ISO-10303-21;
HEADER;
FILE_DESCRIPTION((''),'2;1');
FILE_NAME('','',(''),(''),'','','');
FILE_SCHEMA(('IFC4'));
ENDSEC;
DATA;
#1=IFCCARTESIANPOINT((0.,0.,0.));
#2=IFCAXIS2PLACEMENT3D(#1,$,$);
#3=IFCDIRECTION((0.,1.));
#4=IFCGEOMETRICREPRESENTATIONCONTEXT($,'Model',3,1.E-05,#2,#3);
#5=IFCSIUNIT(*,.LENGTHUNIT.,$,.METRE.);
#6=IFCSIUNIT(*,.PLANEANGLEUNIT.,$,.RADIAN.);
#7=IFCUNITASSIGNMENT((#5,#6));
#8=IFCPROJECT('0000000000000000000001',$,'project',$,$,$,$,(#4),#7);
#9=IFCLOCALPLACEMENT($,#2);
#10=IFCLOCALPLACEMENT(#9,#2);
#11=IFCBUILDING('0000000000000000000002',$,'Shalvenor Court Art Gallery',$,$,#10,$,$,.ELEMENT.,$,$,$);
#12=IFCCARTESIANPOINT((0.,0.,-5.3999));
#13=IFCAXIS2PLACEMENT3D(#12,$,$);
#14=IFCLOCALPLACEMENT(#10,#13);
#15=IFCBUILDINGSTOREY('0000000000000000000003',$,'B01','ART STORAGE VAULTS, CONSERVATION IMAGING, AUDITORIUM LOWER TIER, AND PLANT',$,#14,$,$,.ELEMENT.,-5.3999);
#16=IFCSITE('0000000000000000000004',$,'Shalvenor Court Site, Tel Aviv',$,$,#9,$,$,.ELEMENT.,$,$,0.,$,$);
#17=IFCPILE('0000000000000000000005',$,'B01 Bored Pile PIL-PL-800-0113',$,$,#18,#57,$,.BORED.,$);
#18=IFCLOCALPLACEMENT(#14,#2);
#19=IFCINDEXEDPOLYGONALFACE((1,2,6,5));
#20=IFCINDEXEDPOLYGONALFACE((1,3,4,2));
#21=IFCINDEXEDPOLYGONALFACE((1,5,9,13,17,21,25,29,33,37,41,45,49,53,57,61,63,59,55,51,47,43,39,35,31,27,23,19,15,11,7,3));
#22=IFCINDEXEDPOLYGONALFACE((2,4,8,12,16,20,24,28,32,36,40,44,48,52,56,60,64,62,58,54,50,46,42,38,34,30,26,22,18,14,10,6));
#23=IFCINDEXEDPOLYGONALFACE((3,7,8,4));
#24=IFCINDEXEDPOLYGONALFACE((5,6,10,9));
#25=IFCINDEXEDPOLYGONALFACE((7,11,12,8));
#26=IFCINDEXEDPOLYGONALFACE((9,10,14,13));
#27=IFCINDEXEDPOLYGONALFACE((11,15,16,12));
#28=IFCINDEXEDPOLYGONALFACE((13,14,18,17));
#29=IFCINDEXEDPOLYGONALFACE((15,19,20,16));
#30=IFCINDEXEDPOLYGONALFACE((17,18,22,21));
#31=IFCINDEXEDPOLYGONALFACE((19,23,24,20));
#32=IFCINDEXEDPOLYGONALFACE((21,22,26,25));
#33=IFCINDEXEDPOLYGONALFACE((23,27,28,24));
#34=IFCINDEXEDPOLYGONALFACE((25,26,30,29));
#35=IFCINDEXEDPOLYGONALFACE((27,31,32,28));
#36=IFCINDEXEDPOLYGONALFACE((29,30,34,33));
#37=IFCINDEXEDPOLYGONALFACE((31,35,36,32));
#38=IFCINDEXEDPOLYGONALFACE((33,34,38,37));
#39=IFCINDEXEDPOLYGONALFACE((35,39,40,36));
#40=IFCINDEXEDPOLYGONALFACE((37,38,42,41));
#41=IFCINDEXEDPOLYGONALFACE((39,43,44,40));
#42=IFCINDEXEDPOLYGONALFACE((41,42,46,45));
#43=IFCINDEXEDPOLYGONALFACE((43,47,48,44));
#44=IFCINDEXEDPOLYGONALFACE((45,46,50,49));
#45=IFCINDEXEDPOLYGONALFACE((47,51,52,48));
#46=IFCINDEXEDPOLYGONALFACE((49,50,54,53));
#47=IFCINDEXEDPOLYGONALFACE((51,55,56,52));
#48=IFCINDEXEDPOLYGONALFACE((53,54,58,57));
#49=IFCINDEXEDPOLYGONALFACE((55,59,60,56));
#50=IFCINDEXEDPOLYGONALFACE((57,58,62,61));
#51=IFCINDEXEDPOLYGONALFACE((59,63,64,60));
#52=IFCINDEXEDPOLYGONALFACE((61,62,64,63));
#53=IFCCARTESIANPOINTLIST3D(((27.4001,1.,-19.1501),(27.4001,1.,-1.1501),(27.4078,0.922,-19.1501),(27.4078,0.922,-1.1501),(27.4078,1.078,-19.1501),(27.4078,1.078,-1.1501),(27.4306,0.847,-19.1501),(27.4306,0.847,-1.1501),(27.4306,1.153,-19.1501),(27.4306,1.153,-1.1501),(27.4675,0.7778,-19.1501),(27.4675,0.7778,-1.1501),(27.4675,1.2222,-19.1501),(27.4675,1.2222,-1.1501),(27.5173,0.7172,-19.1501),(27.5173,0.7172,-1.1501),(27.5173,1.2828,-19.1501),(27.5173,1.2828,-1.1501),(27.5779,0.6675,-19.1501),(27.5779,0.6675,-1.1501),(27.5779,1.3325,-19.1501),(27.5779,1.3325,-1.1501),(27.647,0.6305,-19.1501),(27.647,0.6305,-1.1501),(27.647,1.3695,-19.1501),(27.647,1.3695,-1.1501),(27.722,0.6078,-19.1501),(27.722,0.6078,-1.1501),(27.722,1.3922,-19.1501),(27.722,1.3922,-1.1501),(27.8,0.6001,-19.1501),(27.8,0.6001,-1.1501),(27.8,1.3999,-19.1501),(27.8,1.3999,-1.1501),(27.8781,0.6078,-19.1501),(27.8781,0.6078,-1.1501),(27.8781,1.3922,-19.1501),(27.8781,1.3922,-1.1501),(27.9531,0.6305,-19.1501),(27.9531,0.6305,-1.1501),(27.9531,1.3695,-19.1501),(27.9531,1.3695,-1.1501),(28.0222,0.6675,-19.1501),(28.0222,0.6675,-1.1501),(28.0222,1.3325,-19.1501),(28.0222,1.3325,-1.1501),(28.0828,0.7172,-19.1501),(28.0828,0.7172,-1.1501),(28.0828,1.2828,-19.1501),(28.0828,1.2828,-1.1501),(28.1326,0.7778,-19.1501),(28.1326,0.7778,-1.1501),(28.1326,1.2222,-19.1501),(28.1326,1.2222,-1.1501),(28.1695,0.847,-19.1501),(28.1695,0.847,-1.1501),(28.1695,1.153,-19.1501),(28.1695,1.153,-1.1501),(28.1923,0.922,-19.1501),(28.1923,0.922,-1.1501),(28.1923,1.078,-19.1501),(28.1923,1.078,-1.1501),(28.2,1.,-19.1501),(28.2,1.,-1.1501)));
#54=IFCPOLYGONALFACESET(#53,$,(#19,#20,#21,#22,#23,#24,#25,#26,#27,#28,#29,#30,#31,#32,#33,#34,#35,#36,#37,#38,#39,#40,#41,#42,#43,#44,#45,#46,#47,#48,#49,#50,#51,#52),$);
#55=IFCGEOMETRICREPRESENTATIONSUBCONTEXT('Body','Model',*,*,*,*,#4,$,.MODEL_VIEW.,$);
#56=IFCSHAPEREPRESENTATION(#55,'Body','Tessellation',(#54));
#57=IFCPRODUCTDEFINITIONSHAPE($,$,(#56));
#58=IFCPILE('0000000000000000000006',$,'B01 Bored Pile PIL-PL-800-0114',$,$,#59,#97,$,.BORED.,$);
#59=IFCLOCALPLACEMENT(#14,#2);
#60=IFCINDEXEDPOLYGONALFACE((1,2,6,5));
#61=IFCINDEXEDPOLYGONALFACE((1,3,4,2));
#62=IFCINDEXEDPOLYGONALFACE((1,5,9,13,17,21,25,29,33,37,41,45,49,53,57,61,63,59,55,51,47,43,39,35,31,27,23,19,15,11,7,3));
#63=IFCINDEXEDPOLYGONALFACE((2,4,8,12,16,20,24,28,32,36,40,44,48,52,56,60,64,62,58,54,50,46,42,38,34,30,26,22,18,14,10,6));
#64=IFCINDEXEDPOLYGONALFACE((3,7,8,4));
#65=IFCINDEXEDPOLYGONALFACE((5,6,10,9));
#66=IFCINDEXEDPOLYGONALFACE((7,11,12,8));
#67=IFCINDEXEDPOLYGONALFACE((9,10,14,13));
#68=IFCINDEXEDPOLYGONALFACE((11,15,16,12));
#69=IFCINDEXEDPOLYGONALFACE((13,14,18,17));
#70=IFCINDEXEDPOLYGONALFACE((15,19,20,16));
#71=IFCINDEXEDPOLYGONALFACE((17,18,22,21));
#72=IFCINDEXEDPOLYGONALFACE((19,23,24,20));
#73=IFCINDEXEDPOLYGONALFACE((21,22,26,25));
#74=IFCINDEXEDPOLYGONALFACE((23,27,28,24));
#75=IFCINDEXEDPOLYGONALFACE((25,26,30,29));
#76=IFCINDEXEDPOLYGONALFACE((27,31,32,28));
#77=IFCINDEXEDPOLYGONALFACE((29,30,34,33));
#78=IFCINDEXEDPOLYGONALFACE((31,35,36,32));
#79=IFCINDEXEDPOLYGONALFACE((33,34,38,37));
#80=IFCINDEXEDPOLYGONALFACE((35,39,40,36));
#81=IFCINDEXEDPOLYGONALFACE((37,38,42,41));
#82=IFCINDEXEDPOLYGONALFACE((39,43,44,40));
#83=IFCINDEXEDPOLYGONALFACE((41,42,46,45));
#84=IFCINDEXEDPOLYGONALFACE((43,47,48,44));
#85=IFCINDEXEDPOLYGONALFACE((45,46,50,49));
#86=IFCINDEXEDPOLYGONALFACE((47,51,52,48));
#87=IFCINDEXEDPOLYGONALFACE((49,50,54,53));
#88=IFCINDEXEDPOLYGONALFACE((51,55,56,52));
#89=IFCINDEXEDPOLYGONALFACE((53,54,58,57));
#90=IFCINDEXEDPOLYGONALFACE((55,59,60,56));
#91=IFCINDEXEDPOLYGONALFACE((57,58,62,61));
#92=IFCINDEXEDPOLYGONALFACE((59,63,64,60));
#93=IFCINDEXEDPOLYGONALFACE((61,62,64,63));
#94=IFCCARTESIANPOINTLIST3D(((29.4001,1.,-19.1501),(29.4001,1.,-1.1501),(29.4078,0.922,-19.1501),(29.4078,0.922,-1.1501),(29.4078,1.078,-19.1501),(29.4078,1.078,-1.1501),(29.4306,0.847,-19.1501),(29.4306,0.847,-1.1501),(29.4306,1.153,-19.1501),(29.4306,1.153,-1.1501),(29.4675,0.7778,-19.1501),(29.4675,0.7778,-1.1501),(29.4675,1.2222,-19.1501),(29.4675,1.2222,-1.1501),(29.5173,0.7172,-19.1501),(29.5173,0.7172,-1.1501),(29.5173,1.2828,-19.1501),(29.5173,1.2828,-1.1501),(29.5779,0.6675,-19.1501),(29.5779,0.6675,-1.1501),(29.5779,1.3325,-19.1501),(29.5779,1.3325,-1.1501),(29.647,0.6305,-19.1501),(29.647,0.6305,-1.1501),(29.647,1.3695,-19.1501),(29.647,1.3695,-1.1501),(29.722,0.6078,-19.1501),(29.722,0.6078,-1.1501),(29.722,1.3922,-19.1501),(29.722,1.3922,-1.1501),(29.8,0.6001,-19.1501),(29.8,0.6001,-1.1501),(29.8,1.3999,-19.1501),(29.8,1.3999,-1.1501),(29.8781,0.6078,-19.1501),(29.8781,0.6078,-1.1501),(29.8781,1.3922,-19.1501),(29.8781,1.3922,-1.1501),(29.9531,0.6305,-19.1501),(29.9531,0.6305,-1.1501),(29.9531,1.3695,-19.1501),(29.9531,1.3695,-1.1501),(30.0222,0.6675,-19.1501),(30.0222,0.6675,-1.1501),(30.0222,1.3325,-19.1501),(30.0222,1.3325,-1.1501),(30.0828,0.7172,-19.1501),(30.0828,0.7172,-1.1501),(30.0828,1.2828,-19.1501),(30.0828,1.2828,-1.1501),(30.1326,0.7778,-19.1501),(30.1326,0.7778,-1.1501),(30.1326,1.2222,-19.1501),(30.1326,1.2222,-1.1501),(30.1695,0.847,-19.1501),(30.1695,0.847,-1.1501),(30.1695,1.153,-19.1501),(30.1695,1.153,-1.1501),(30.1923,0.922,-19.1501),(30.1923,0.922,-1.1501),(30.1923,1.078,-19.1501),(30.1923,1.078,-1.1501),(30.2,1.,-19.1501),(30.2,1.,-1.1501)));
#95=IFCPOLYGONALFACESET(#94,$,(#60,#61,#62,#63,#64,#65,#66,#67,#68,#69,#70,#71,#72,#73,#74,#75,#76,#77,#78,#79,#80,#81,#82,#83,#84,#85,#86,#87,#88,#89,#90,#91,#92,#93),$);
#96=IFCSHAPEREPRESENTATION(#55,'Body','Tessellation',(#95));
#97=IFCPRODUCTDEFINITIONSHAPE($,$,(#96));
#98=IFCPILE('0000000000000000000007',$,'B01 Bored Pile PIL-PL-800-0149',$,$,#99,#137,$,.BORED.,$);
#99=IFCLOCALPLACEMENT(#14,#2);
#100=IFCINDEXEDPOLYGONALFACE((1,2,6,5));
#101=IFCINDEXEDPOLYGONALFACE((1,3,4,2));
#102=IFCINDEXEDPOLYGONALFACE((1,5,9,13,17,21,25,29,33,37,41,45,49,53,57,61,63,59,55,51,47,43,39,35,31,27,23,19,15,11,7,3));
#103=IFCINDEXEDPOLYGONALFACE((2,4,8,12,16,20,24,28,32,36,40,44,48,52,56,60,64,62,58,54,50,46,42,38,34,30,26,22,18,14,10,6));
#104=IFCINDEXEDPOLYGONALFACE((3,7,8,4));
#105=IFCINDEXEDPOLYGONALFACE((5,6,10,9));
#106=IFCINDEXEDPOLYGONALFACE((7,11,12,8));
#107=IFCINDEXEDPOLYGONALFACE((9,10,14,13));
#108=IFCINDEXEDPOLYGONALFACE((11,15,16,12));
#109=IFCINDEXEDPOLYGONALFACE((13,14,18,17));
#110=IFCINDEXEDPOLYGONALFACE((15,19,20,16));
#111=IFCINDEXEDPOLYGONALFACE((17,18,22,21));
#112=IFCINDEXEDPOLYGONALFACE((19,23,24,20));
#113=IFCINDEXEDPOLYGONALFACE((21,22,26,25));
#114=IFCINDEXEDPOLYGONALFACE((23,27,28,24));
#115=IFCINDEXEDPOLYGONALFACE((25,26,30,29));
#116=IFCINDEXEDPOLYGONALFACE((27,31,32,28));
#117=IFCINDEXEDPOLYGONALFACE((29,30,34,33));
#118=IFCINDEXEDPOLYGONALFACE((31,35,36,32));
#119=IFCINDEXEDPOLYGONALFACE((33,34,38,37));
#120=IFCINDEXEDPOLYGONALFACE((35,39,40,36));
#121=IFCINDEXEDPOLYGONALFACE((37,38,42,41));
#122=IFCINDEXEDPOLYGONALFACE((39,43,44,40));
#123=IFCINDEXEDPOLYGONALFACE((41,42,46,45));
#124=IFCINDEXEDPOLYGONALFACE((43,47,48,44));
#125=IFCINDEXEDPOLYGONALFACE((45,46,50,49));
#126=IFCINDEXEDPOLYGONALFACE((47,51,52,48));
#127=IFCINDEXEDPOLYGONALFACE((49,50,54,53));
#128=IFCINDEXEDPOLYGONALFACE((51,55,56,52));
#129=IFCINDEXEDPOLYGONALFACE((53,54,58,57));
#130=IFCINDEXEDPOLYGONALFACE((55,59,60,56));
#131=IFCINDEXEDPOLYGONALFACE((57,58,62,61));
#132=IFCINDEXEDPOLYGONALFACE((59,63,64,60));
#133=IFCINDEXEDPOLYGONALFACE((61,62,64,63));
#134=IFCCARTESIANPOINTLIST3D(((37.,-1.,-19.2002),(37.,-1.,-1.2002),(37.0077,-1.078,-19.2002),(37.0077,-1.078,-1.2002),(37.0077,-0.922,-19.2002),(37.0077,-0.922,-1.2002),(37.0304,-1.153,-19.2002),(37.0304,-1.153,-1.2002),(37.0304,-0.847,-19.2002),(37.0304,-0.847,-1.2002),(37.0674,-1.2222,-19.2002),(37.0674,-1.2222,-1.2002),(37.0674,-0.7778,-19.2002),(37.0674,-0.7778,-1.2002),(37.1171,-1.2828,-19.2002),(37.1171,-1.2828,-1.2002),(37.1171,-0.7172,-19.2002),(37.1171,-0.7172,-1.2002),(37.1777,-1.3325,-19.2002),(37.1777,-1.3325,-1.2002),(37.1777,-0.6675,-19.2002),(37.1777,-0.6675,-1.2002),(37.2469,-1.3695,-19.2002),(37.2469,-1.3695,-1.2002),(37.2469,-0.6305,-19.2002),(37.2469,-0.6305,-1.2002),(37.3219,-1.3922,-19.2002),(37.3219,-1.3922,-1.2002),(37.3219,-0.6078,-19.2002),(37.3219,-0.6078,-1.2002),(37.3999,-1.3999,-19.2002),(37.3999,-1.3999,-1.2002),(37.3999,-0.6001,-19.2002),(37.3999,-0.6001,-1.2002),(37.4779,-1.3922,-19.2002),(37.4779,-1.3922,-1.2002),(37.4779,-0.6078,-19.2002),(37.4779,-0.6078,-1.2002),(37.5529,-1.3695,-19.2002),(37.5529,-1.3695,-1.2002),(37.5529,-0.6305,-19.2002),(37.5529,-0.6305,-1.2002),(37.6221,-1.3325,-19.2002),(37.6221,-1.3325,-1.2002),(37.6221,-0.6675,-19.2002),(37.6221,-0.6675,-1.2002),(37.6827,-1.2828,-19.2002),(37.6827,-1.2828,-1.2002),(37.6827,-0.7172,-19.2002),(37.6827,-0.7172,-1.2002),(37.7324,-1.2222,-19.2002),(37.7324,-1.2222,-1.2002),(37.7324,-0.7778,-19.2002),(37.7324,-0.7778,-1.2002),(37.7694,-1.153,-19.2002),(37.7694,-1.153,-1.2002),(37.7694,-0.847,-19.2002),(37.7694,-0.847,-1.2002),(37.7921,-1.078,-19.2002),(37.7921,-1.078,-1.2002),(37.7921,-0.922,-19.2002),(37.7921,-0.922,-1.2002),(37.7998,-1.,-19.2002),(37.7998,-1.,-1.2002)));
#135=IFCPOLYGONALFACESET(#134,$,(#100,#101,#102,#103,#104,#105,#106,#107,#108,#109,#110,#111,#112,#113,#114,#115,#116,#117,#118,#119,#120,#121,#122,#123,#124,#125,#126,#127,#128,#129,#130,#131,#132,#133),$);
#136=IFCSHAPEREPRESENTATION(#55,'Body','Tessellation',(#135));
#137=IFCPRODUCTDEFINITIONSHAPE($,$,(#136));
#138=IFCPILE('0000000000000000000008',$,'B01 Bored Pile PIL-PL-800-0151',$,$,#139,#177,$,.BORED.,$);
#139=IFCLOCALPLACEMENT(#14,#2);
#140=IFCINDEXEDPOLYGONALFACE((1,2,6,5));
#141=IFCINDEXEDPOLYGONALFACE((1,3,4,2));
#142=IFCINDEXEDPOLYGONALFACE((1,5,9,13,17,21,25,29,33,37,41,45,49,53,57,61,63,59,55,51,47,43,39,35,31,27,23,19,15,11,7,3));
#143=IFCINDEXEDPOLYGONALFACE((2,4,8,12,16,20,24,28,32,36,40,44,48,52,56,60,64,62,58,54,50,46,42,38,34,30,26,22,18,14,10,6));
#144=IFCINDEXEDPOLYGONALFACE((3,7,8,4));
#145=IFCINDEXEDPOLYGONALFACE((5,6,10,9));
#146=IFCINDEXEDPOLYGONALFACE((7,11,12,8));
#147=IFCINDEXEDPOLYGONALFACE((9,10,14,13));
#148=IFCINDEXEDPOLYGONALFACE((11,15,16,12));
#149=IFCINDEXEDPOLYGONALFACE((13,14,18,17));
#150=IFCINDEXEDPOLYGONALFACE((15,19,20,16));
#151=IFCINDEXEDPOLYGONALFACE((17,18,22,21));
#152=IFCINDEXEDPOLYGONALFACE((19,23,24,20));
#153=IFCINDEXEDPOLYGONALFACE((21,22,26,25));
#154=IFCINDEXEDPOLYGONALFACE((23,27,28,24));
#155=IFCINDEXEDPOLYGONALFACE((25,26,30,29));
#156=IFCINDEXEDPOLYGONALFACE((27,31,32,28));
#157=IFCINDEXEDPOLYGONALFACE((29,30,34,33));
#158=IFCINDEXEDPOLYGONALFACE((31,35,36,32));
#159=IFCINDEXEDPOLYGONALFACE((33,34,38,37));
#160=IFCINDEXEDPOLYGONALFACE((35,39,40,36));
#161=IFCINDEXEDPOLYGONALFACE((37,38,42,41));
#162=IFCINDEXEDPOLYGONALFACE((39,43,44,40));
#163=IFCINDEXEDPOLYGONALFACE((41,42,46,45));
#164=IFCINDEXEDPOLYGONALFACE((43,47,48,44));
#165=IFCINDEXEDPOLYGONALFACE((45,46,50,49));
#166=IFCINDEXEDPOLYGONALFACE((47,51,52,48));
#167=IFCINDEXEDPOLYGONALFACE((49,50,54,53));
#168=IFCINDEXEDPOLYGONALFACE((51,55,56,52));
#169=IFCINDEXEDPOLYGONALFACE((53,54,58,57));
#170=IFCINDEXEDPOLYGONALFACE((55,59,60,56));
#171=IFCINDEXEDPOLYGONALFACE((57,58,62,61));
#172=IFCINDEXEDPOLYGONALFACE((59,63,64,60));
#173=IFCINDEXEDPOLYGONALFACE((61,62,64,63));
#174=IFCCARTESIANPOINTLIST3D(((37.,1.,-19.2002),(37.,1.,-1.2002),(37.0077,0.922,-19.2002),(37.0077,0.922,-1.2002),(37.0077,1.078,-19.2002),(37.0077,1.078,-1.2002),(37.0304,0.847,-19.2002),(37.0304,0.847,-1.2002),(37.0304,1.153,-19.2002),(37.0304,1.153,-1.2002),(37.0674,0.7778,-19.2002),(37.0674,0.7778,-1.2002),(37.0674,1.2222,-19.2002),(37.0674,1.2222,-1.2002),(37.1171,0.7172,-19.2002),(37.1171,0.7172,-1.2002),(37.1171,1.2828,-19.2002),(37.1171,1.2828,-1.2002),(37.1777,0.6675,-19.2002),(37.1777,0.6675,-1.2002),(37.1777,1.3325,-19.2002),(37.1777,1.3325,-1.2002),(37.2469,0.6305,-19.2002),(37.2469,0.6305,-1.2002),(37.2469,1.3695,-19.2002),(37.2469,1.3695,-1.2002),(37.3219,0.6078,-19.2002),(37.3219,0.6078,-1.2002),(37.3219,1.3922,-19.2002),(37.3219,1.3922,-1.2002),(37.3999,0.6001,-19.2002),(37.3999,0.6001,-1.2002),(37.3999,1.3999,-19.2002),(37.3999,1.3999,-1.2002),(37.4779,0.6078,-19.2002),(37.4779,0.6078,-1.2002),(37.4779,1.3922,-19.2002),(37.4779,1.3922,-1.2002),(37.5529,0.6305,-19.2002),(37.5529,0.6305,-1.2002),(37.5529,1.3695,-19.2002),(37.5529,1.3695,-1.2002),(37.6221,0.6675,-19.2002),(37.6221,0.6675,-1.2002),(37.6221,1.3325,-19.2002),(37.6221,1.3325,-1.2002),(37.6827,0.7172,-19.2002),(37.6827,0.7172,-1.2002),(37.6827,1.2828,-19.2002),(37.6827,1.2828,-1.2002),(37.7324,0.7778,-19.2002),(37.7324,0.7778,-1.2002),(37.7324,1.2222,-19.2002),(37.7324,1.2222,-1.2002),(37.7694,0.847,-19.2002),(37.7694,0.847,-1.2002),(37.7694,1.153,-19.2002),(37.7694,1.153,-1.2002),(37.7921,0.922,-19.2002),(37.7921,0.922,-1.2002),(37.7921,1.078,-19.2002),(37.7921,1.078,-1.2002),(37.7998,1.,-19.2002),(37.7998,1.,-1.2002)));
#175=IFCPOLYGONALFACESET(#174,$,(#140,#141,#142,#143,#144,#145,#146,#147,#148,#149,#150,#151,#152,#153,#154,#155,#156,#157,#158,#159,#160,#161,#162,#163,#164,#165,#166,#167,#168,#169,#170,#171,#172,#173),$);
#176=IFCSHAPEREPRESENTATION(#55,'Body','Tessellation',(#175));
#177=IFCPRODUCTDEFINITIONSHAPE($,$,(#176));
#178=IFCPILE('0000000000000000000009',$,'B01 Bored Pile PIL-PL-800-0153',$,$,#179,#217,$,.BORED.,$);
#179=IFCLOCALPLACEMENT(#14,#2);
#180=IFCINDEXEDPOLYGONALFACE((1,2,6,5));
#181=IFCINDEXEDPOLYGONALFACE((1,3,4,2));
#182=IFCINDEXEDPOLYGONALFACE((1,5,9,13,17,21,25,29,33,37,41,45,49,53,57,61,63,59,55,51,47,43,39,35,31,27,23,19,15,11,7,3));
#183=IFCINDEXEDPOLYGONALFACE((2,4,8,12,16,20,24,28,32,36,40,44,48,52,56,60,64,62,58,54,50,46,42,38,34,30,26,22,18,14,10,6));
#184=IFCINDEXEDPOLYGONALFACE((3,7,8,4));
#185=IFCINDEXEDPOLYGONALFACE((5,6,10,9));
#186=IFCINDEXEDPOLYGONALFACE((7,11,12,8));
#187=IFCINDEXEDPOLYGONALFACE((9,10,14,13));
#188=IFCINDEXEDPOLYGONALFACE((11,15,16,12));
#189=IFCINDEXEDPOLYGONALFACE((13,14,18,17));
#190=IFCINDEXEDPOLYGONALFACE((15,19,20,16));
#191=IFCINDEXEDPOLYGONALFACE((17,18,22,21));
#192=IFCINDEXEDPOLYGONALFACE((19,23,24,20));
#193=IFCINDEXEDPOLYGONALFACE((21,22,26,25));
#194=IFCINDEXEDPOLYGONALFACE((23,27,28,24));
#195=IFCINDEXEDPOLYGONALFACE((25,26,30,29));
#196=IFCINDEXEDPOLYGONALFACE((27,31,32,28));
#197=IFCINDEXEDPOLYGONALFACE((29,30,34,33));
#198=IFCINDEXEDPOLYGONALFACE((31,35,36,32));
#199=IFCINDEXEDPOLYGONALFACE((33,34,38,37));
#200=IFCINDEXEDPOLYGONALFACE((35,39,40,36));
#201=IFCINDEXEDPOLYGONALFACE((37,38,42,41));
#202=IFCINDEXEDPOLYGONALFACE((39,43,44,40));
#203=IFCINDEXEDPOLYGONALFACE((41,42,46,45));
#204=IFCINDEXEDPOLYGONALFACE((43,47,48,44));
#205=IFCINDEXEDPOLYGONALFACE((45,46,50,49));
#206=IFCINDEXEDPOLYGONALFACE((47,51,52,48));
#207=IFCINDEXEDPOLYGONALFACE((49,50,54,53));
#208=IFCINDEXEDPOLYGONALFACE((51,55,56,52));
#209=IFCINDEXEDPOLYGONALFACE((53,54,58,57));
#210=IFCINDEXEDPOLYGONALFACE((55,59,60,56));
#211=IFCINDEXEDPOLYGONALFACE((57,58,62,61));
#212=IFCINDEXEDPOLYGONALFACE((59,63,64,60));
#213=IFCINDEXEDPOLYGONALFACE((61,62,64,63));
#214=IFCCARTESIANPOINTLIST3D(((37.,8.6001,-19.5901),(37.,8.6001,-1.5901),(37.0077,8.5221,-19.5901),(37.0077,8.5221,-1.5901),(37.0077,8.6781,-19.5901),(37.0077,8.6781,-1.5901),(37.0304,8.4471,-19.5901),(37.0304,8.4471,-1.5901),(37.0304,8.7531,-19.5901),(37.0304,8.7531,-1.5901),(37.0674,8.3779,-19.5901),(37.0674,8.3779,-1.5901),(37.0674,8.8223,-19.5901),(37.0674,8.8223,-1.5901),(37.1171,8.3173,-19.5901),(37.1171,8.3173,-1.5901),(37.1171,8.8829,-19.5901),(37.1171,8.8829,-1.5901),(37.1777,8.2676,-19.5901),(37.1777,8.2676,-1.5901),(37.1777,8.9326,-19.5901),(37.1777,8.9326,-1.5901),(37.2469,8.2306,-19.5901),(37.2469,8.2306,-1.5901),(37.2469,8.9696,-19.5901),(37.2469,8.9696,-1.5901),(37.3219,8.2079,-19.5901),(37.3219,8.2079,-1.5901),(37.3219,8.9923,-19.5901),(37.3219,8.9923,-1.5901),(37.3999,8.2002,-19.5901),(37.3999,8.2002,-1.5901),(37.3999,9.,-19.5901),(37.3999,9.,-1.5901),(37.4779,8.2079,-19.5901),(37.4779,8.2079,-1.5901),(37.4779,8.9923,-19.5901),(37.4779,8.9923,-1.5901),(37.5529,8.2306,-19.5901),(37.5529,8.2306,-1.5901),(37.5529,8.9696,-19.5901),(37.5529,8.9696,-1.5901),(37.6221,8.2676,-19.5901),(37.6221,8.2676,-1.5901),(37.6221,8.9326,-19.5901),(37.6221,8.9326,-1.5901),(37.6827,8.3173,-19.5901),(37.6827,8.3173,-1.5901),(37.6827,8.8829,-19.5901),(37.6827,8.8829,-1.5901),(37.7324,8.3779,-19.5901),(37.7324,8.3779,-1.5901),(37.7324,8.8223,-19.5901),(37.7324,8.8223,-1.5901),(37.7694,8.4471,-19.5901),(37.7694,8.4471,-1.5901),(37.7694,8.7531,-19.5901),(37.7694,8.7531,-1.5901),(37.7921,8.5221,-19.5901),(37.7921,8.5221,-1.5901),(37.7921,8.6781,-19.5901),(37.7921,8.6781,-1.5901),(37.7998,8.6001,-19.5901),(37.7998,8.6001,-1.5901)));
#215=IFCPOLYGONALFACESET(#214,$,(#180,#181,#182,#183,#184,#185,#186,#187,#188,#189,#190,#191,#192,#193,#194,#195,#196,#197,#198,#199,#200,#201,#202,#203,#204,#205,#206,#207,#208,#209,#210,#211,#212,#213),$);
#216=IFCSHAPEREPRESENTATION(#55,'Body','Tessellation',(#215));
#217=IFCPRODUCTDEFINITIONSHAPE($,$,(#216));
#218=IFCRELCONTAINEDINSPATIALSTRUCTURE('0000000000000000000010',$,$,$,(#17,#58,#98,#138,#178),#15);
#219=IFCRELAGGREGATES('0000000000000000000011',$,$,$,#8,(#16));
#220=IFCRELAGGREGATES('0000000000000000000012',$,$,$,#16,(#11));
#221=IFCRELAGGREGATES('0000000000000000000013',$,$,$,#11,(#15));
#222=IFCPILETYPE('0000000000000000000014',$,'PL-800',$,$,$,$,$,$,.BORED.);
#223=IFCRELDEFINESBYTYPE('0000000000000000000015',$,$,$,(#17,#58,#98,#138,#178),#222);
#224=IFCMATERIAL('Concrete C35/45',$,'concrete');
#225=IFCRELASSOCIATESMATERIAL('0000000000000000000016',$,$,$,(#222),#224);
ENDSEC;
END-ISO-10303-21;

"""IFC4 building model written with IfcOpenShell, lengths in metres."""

from ifc_helpers import new_model, si_unit, direction, frame, origin, origin_2d, place, context, subcontext, project, spatial, circle, extrude, material, material_profile, profile_set, type_object, element, save


model = new_model("IFC4")

# Units and contexts
model_context = context("Model", 3, precision=1e-05, world=origin(), true_north=direction((0.0, 1.0)))
body_context = subcontext(model_context, "Body", "Model", "MODEL_VIEW")
ifc_project = project(units=[si_unit("LENGTHUNIT", "METRE"), si_unit("PLANEANGLEUNIT", "RADIAN")], contexts=[model_context])

# Site, building, storey
site_placement = place(None, origin())
site = spatial("IfcSite", under=ifc_project, at=site_placement, Name="Shalvenor Court Site, Tel Aviv", CompositionType="ELEMENT", RefElevation=0.0)
building_placement = place(site_placement, origin())
building = spatial("IfcBuilding", under=site, at=building_placement, Name="Shalvenor Court Art Gallery", CompositionType="ELEMENT")
storey_placement = place(building_placement, frame((0.0, 0.0, -5.3999)))
storey = spatial("IfcBuildingStorey", under=building, at=storey_placement, Name="B01", Description="ART STORAGE VAULTS, CONSERVATION IMAGING, AUDITORIUM LOWER TIER, AND PLANT", CompositionType="ELEMENT", Elevation=-5.3999)

# Piles
ifc_material_1 = material(Name="Concrete C35/45", Category="concrete")
ifc_material_profile_1 = material_profile(ifc_material_1, circle(Radius=0.3999, at=origin_2d()), Name="PILE 800")
ifc_profile_set_1 = profile_set([ifc_material_profile_1], Name="Concrete C35/45")
pile_type_1 = type_object("IfcPileType", Name="PL-800", PredefinedType="BORED", material=ifc_profile_set_1)
for number, where, z_axis, x_axis, name in (
    (1, (27.8, 1.0, -1.1501), (0.0, 0.0, -1.0), (1.0, 0.0, 0.0), "B01 Bored Pile PIL-PL-800-0113"),
    (2, (29.8, 1.0, -1.1501), (0.0, 0.0, -1.0), (1.0, 0.0, 0.0), "B01 Bored Pile PIL-PL-800-0114"),
    (3, (37.3999, -1.0, -1.2002), (0.0, 0.0, -1.0), (1.0, 0.0, 0.0), "B01 Bored Pile PIL-PL-800-0149"),
    (4, (37.3999, 1.0, -1.2002), (0.0, 0.0, -1.0), (1.0, 0.0, 0.0), "B01 Bored Pile PIL-PL-800-0151"),
    (5, (37.3999, 8.6001, -1.5901), (0.0, 0.0, -1.0), (1.0, 0.0, 0.0), "B01 Bored Pile PIL-PL-800-0153"),
):
    element("IfcPile", number, at=place(storey_placement, frame(where, z_axis=z_axis, x_axis=x_axis)), inside=storey, type_object=pile_type_1, Name=name, PredefinedType="BORED", context=body_context, shape_type="SweptSolid", body=[
        extrude(circle(Radius=0.3999, at=origin_2d()), origin(), (0.0, 0.0, 1.0), 18.0),
    ])

save(model, "model.ifc")
